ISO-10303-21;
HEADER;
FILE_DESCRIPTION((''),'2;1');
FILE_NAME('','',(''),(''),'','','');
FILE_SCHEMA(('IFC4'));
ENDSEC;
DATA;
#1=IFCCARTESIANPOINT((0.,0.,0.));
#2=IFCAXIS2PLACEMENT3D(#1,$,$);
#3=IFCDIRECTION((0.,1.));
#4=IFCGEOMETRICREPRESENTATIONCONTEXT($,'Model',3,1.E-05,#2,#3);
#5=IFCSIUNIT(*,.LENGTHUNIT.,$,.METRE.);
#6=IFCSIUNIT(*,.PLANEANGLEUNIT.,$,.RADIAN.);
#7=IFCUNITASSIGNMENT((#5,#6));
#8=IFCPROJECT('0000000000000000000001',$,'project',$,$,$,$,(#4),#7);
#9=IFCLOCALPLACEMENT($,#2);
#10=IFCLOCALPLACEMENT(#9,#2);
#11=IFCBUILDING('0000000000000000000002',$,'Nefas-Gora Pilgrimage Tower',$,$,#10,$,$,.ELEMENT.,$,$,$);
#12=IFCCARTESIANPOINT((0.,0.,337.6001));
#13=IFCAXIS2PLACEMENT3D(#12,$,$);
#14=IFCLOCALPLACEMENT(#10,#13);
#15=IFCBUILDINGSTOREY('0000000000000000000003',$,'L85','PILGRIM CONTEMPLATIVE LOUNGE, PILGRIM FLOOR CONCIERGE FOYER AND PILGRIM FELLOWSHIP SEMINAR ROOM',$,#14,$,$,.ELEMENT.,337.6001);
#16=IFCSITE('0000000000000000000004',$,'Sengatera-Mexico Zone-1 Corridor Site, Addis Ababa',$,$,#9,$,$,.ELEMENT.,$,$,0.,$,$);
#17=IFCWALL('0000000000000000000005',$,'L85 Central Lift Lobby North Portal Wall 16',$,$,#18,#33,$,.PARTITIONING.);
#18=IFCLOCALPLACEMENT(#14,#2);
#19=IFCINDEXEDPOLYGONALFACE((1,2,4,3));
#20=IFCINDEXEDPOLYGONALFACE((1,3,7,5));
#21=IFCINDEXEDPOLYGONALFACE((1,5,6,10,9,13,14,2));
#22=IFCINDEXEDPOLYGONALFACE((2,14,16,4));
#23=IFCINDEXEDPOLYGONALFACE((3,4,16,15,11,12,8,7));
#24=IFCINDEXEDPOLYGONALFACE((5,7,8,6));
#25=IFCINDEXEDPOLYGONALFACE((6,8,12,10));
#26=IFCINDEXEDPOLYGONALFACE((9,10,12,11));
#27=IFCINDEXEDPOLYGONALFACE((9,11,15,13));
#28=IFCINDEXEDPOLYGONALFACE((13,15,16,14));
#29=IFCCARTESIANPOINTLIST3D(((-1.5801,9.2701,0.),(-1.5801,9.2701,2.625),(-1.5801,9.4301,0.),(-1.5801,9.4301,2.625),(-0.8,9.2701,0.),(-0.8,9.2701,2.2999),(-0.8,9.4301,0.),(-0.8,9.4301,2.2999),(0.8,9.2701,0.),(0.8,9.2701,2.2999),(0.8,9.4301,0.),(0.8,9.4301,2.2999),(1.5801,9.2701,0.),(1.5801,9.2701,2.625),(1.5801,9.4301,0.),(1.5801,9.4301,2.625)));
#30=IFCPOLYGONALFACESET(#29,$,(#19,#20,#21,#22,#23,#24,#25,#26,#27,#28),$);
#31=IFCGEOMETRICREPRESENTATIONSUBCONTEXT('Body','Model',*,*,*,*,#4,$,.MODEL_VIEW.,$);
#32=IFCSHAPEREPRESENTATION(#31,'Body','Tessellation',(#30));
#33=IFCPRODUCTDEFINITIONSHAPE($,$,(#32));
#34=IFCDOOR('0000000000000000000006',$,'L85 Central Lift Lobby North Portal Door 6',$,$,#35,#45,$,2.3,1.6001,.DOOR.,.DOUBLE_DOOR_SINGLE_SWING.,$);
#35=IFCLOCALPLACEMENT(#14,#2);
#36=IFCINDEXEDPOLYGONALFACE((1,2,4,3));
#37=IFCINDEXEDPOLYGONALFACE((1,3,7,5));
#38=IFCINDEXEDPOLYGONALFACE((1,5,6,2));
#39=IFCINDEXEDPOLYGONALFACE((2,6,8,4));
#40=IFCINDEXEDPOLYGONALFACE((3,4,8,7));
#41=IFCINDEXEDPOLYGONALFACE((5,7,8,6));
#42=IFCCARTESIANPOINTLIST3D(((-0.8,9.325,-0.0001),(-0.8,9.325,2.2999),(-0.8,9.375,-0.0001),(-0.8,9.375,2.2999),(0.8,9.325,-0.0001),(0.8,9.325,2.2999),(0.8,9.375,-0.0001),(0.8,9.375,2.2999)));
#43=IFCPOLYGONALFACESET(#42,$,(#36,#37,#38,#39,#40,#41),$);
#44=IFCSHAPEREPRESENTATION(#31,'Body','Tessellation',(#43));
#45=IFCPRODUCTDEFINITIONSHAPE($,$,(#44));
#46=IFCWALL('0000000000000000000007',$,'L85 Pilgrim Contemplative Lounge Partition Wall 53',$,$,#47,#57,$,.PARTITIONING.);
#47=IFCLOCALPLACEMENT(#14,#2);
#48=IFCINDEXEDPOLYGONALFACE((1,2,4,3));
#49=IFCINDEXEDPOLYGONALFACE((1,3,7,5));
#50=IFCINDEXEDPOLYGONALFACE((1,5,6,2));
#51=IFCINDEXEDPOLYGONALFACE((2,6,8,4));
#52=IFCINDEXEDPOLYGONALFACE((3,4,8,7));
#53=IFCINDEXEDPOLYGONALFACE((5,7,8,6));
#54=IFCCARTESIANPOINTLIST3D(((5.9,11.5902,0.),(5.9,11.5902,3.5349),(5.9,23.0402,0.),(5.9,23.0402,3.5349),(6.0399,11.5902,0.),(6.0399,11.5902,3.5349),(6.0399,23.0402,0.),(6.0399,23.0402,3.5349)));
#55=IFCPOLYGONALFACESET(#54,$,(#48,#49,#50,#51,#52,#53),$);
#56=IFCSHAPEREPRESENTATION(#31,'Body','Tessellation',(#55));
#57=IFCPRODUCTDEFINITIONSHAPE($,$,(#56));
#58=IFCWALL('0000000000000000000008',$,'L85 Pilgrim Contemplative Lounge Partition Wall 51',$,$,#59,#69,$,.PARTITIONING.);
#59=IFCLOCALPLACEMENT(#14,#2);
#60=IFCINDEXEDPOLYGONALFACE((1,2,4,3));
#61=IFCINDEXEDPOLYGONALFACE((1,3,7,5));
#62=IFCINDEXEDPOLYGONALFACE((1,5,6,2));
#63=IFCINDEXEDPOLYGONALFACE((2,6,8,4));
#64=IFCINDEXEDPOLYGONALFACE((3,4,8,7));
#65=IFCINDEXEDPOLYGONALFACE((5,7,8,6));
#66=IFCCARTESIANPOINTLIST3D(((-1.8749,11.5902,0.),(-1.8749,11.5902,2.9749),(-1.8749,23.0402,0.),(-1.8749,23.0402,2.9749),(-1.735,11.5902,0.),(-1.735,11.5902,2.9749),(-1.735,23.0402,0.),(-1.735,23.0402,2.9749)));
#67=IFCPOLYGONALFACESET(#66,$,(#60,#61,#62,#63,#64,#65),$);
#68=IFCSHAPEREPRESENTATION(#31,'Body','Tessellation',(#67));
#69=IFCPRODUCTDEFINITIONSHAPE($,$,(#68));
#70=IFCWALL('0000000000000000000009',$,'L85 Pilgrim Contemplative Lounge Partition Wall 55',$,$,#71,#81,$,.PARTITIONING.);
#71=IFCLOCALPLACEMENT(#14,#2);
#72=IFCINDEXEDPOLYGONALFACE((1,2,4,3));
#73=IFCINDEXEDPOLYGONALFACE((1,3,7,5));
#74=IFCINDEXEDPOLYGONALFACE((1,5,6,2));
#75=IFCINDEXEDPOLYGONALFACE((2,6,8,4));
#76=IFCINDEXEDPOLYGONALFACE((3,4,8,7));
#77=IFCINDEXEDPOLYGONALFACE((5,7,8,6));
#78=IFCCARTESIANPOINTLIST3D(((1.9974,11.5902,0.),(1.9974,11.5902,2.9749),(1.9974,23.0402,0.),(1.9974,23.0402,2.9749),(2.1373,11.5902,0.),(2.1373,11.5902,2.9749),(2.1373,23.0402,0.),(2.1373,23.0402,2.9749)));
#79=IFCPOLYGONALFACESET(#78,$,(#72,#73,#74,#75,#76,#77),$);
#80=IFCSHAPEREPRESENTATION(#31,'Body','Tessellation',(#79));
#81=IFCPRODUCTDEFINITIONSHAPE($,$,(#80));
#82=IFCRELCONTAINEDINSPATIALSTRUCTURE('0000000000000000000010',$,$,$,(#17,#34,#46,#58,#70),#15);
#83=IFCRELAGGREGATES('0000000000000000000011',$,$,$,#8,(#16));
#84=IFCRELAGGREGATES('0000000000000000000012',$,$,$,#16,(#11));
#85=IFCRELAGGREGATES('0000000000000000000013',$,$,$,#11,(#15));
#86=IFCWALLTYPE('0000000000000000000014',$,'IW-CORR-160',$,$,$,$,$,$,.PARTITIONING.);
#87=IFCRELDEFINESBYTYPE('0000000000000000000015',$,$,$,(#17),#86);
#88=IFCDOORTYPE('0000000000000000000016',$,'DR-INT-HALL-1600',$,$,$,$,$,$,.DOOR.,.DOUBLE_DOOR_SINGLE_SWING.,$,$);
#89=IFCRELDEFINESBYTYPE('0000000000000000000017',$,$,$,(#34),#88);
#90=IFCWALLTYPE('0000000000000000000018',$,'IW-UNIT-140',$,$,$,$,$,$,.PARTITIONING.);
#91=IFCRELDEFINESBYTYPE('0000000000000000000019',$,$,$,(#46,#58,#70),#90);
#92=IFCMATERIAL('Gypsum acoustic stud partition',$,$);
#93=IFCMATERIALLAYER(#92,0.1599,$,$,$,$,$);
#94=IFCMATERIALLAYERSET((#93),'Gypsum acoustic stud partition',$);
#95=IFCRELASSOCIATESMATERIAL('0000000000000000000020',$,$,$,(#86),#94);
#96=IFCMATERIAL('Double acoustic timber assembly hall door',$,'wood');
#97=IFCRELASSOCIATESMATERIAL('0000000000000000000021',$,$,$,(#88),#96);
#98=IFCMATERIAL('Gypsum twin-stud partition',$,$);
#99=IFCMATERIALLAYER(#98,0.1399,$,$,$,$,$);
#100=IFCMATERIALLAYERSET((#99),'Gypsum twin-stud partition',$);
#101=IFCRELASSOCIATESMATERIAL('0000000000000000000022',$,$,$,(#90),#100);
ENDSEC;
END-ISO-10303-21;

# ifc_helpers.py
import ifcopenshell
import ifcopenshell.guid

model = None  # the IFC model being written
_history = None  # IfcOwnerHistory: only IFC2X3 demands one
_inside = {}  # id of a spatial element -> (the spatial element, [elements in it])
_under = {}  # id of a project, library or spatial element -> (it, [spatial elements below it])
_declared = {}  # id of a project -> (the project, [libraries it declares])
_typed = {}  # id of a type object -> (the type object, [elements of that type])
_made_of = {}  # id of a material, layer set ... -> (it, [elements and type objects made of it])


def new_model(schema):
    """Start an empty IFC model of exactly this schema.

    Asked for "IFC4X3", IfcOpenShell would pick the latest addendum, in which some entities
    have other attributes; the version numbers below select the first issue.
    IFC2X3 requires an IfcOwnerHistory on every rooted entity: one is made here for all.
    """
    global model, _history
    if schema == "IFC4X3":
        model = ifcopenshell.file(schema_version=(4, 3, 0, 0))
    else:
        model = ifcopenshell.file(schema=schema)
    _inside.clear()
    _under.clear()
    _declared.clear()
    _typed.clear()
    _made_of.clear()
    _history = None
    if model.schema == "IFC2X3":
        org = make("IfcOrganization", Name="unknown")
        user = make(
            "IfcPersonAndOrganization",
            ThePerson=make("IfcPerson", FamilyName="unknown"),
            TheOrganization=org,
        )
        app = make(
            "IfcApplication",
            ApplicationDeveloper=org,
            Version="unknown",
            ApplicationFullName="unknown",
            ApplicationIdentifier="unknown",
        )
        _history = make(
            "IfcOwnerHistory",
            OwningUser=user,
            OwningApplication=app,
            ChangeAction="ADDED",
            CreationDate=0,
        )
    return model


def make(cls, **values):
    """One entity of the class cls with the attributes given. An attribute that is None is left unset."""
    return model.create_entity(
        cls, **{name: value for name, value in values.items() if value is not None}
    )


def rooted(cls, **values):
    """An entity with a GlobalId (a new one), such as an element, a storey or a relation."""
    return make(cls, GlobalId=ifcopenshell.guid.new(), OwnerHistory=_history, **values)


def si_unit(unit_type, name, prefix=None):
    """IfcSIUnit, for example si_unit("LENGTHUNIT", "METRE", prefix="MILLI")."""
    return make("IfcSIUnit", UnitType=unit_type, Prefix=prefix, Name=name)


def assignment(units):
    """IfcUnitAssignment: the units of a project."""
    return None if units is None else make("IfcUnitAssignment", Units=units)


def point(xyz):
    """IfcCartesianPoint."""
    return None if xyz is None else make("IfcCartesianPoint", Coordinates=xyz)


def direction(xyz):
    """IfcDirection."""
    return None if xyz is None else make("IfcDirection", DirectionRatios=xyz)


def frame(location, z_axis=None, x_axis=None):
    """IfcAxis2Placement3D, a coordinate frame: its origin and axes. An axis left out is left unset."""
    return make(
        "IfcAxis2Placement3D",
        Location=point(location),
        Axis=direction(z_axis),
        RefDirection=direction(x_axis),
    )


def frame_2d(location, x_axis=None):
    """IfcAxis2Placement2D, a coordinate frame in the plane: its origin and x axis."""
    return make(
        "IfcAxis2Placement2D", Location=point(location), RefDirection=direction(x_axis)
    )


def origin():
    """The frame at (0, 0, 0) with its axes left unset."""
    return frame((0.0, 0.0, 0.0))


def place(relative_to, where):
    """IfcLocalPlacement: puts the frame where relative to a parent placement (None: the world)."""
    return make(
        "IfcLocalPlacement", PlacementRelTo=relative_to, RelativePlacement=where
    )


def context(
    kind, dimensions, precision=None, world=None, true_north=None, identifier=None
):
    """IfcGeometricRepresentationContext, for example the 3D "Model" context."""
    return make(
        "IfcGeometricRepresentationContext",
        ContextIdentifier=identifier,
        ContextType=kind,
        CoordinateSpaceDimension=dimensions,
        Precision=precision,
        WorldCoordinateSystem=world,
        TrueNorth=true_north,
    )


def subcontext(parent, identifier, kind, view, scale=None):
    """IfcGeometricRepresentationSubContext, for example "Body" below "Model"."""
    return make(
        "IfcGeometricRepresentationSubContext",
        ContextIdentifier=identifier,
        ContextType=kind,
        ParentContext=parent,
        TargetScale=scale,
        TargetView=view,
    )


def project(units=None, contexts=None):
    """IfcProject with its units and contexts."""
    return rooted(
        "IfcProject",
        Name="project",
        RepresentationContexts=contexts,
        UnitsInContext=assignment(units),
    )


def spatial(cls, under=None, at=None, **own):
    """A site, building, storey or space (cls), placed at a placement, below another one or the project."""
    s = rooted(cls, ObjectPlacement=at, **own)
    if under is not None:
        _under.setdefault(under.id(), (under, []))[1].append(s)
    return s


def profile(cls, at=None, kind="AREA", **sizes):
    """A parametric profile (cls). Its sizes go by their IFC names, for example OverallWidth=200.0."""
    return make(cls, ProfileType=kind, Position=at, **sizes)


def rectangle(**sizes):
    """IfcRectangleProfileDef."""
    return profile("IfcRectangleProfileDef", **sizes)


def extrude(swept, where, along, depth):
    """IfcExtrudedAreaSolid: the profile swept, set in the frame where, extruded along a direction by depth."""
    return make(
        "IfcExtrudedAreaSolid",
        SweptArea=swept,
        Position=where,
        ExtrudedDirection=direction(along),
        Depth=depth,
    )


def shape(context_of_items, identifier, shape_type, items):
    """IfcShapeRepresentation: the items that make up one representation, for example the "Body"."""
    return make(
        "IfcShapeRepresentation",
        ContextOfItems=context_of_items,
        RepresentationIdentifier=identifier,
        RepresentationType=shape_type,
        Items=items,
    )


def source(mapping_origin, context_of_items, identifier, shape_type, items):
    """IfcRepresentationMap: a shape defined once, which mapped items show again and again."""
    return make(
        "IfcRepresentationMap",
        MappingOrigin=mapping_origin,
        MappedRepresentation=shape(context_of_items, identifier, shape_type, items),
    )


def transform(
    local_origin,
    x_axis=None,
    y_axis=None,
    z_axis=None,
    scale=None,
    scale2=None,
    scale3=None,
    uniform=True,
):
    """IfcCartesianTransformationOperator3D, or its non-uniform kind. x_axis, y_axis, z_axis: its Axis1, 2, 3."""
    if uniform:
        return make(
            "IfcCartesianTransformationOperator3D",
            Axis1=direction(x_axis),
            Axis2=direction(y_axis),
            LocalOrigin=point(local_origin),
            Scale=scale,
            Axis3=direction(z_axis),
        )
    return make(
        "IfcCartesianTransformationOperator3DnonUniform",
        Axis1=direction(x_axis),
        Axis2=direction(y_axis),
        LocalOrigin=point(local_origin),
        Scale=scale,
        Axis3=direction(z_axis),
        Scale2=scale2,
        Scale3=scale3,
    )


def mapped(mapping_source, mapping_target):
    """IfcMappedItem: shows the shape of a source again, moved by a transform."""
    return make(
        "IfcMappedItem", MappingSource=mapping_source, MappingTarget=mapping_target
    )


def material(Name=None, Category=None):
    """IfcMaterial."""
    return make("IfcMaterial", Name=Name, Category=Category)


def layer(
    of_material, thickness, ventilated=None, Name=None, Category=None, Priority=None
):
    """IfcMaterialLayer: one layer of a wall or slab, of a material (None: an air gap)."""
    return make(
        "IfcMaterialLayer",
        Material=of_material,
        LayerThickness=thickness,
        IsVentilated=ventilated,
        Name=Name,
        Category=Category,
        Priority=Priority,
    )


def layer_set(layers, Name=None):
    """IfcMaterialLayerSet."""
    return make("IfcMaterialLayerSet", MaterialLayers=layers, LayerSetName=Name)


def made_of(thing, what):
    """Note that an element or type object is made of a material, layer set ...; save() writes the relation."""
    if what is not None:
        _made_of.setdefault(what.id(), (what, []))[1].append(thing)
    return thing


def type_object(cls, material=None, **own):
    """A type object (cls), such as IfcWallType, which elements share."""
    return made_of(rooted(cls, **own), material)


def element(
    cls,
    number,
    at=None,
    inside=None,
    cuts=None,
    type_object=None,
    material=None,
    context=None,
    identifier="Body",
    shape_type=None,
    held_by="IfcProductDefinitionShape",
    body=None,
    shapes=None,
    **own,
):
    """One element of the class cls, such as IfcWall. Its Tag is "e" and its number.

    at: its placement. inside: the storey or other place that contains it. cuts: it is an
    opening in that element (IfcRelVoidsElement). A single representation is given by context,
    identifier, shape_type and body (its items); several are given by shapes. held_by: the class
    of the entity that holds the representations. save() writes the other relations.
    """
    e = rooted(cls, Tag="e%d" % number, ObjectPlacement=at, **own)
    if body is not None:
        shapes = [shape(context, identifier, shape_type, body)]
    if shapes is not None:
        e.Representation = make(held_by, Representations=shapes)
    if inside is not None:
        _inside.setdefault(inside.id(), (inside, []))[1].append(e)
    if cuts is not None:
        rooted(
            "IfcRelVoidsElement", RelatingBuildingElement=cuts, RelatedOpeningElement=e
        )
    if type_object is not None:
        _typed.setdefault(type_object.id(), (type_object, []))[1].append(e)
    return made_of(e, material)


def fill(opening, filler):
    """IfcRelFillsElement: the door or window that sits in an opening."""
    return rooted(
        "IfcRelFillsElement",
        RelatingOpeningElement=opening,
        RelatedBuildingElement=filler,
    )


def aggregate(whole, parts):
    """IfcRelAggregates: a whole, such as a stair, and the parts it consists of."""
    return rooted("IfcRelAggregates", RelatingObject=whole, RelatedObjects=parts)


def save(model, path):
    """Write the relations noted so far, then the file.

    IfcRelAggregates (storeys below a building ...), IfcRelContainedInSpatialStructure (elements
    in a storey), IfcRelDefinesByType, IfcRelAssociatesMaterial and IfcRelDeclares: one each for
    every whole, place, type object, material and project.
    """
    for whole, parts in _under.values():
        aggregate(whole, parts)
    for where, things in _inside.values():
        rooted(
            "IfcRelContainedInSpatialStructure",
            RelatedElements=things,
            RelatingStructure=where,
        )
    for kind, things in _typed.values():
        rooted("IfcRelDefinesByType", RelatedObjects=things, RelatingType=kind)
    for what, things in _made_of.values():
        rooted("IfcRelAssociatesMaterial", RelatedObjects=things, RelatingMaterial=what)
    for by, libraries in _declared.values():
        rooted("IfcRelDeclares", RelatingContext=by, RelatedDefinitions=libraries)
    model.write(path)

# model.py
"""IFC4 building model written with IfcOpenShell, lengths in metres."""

from ifc_helpers import new_model, si_unit, direction, frame, frame_2d, origin, place, context, subcontext, project, spatial, rectangle, extrude, source, transform, mapped, material, layer, layer_set, type_object, element, fill, save


model = new_model("IFC4")

# Units and contexts
model_context = context("Model", 3, precision=1e-05, world=origin(), true_north=direction((0.0, 1.0)))
body_context = subcontext(model_context, "Body", "Model", "MODEL_VIEW")
ifc_project = project(units=[si_unit("LENGTHUNIT", "METRE"), si_unit("PLANEANGLEUNIT", "RADIAN")], contexts=[model_context])

# Site, building, storey
site_placement = place(None, origin())
site = spatial("IfcSite", under=ifc_project, at=site_placement, Name="Sengatera-Mexico Zone-1 Corridor Site, Addis Ababa", CompositionType="ELEMENT", RefElevation=0.0)
building_placement = place(site_placement, origin())
building = spatial("IfcBuilding", under=site, at=building_placement, Name="Nefas-Gora Pilgrimage Tower", CompositionType="ELEMENT")
storey_placement = place(building_placement, frame((0.0, 0.0, 337.6001)))
storey = spatial("IfcBuildingStorey", under=building, at=storey_placement, Name="L85", Description="PILGRIM CONTEMPLATIVE LOUNGE, PILGRIM FLOOR CONCIERGE FOYER AND PILGRIM FELLOWSHIP SEMINAR ROOM", CompositionType="ELEMENT", Elevation=337.6001)

# Wall, opening, door
ifc_material_1 = material(Name="Gypsum acoustic stud partition")
ifc_layer_1 = layer(ifc_material_1, 0.1599)
ifc_layer_set_1 = layer_set([ifc_layer_1], Name="Gypsum acoustic stud partition")
wall_type_1 = type_object("IfcWallType", Name="IW-CORR-160", PredefinedType="PARTITIONING", material=ifc_layer_set_1)
shared_shape_1 = source(origin(), body_context, "Body", "SweptSolid", [
    extrude(rectangle(XDim=3.1602, YDim=0.1599, at=frame_2d((1.5801, 0.0))), origin(), (0.0, 0.0, 1.0), 2.625),
])
wall_1_placement = place(storey_placement, frame((-1.5801, 9.3501, 0.0), z_axis=(0.0, 0.0, 1.0), x_axis=(1.0, 0.0, 0.0)))
wall_1 = element("IfcWall", 1, at=wall_1_placement, inside=storey, type_object=wall_type_1, Name="L85 Central Lift Lobby North Portal Wall 16", PredefinedType="PARTITIONING", context=body_context, shape_type="MappedRepresentation", body=[
    mapped(shared_shape_1, transform((0.0, 0.0, 0.0), x_axis=(1.0, 0.0, 0.0), y_axis=(0.0, 1.0, 0.0), z_axis=(0.0, 0.0, 1.0), scale=1.0)),
])
opening_1_placement = place(wall_1_placement, frame((0.78, 0.0, 0.0)))
opening_1 = element("IfcOpeningElement", 2, at=opening_1_placement, cuts=wall_1, PredefinedType="OPENING", context=body_context, shape_type="SweptSolid", body=[
    extrude(rectangle(XDim=1.6001, YDim=2.3, at=frame_2d((0.8, 1.1499))), frame((0.0, 0.0898, 0.0), z_axis=(0.0, -1.0, 0.0), x_axis=(1.0, 0.0, 0.0)), (0.0, 0.0, 1.0), 0.1799),
])
ifc_material_2 = material(Name="Double acoustic timber assembly hall door", Category="wood")
door_type_1 = type_object("IfcDoorType", Name="DR-INT-HALL-1600", OperationType="DOUBLE_DOOR_SINGLE_SWING", PredefinedType="DOOR", material=ifc_material_2)
shared_shape_2 = source(origin(), body_context, "Body", "SweptSolid", [
    extrude(rectangle(XDim=1.6001, YDim=2.3, at=frame_2d((0.8, 1.1499))), frame((0.0, 0.0249, 0.0), z_axis=(0.0, -1.0, 0.0), x_axis=(1.0, 0.0, 0.0)), (0.0, 0.0, 1.0), 0.05),
])
door_1_placement = place(opening_1_placement, origin())
door_1 = element("IfcDoor", 3, at=door_1_placement, inside=storey, type_object=door_type_1, Name="L85 Central Lift Lobby North Portal Door 6", OperationType="DOUBLE_DOOR_SINGLE_SWING", OverallHeight=2.3, OverallWidth=1.6001, PredefinedType="DOOR", context=body_context, shape_type="MappedRepresentation", body=[
    mapped(shared_shape_2, transform((0.0, 0.0, 0.0), x_axis=(1.0, 0.0, 0.0), y_axis=(0.0, 1.0, 0.0), z_axis=(0.0, 0.0, 1.0), scale=1.0)),
])
fill(opening_1, door_1)

# Walls
ifc_material_3 = material(Name="Gypsum twin-stud partition")
ifc_layer_2 = layer(ifc_material_3, 0.1399)
ifc_layer_set_2 = layer_set([ifc_layer_2], Name="Gypsum twin-stud partition")
wall_type_2 = type_object("IfcWallType", Name="IW-UNIT-140", PredefinedType="PARTITIONING", material=ifc_layer_set_2)
shared_shape_3 = source(origin(), body_context, "Body", "SweptSolid", [
    extrude(rectangle(XDim=11.45, YDim=0.1399, at=frame_2d((5.7251, 0.0))), origin(), (0.0, 0.0, 1.0), 3.5349),
])
wall_2_placement = place(storey_placement, frame((5.97, 11.5901, 0.0), z_axis=(0.0, 0.0, 1.0), x_axis=(0.0, 1.0, 0.0)))
element("IfcWall", 4, at=wall_2_placement, inside=storey, type_object=wall_type_2, Name="L85 Pilgrim Contemplative Lounge Partition Wall 53", PredefinedType="PARTITIONING", context=body_context, shape_type="MappedRepresentation", body=[
    mapped(shared_shape_3, transform((0.0, 0.0, 0.0), x_axis=(1.0, 0.0, 0.0), y_axis=(0.0, 1.0, 0.0), z_axis=(0.0, 0.0, 1.0), scale=1.0)),
])
shared_shape_4 = source(origin(), body_context, "Body", "SweptSolid", [
    extrude(rectangle(XDim=11.45, YDim=0.1399, at=frame_2d((5.7251, 0.0))), origin(), (0.0, 0.0, 1.0), 2.9749),
])
for number, where, z_axis, x_axis, name in (
    (5, (-1.8049, 11.5901, 0.0), (0.0, 0.0, 1.0), (0.0, 1.0, 0.0), "L85 Pilgrim Contemplative Lounge Partition Wall 51"),
    (6, (2.0674, 11.5901, 0.0), (0.0, 0.0, 1.0), (0.0, 1.0, 0.0), "L85 Pilgrim Contemplative Lounge Partition Wall 55"),
):
    element("IfcWall", number, at=place(storey_placement, frame(where, z_axis=z_axis, x_axis=x_axis)), inside=storey, type_object=wall_type_2, Name=name, PredefinedType="PARTITIONING", context=body_context, shape_type="MappedRepresentation", body=[
        mapped(shared_shape_4, transform((0.0, 0.0, 0.0), x_axis=(1.0, 0.0, 0.0), y_axis=(0.0, 1.0, 0.0), z_axis=(0.0, 0.0, 1.0), scale=1.0)),
    ])

save(model, "model.ifc")
